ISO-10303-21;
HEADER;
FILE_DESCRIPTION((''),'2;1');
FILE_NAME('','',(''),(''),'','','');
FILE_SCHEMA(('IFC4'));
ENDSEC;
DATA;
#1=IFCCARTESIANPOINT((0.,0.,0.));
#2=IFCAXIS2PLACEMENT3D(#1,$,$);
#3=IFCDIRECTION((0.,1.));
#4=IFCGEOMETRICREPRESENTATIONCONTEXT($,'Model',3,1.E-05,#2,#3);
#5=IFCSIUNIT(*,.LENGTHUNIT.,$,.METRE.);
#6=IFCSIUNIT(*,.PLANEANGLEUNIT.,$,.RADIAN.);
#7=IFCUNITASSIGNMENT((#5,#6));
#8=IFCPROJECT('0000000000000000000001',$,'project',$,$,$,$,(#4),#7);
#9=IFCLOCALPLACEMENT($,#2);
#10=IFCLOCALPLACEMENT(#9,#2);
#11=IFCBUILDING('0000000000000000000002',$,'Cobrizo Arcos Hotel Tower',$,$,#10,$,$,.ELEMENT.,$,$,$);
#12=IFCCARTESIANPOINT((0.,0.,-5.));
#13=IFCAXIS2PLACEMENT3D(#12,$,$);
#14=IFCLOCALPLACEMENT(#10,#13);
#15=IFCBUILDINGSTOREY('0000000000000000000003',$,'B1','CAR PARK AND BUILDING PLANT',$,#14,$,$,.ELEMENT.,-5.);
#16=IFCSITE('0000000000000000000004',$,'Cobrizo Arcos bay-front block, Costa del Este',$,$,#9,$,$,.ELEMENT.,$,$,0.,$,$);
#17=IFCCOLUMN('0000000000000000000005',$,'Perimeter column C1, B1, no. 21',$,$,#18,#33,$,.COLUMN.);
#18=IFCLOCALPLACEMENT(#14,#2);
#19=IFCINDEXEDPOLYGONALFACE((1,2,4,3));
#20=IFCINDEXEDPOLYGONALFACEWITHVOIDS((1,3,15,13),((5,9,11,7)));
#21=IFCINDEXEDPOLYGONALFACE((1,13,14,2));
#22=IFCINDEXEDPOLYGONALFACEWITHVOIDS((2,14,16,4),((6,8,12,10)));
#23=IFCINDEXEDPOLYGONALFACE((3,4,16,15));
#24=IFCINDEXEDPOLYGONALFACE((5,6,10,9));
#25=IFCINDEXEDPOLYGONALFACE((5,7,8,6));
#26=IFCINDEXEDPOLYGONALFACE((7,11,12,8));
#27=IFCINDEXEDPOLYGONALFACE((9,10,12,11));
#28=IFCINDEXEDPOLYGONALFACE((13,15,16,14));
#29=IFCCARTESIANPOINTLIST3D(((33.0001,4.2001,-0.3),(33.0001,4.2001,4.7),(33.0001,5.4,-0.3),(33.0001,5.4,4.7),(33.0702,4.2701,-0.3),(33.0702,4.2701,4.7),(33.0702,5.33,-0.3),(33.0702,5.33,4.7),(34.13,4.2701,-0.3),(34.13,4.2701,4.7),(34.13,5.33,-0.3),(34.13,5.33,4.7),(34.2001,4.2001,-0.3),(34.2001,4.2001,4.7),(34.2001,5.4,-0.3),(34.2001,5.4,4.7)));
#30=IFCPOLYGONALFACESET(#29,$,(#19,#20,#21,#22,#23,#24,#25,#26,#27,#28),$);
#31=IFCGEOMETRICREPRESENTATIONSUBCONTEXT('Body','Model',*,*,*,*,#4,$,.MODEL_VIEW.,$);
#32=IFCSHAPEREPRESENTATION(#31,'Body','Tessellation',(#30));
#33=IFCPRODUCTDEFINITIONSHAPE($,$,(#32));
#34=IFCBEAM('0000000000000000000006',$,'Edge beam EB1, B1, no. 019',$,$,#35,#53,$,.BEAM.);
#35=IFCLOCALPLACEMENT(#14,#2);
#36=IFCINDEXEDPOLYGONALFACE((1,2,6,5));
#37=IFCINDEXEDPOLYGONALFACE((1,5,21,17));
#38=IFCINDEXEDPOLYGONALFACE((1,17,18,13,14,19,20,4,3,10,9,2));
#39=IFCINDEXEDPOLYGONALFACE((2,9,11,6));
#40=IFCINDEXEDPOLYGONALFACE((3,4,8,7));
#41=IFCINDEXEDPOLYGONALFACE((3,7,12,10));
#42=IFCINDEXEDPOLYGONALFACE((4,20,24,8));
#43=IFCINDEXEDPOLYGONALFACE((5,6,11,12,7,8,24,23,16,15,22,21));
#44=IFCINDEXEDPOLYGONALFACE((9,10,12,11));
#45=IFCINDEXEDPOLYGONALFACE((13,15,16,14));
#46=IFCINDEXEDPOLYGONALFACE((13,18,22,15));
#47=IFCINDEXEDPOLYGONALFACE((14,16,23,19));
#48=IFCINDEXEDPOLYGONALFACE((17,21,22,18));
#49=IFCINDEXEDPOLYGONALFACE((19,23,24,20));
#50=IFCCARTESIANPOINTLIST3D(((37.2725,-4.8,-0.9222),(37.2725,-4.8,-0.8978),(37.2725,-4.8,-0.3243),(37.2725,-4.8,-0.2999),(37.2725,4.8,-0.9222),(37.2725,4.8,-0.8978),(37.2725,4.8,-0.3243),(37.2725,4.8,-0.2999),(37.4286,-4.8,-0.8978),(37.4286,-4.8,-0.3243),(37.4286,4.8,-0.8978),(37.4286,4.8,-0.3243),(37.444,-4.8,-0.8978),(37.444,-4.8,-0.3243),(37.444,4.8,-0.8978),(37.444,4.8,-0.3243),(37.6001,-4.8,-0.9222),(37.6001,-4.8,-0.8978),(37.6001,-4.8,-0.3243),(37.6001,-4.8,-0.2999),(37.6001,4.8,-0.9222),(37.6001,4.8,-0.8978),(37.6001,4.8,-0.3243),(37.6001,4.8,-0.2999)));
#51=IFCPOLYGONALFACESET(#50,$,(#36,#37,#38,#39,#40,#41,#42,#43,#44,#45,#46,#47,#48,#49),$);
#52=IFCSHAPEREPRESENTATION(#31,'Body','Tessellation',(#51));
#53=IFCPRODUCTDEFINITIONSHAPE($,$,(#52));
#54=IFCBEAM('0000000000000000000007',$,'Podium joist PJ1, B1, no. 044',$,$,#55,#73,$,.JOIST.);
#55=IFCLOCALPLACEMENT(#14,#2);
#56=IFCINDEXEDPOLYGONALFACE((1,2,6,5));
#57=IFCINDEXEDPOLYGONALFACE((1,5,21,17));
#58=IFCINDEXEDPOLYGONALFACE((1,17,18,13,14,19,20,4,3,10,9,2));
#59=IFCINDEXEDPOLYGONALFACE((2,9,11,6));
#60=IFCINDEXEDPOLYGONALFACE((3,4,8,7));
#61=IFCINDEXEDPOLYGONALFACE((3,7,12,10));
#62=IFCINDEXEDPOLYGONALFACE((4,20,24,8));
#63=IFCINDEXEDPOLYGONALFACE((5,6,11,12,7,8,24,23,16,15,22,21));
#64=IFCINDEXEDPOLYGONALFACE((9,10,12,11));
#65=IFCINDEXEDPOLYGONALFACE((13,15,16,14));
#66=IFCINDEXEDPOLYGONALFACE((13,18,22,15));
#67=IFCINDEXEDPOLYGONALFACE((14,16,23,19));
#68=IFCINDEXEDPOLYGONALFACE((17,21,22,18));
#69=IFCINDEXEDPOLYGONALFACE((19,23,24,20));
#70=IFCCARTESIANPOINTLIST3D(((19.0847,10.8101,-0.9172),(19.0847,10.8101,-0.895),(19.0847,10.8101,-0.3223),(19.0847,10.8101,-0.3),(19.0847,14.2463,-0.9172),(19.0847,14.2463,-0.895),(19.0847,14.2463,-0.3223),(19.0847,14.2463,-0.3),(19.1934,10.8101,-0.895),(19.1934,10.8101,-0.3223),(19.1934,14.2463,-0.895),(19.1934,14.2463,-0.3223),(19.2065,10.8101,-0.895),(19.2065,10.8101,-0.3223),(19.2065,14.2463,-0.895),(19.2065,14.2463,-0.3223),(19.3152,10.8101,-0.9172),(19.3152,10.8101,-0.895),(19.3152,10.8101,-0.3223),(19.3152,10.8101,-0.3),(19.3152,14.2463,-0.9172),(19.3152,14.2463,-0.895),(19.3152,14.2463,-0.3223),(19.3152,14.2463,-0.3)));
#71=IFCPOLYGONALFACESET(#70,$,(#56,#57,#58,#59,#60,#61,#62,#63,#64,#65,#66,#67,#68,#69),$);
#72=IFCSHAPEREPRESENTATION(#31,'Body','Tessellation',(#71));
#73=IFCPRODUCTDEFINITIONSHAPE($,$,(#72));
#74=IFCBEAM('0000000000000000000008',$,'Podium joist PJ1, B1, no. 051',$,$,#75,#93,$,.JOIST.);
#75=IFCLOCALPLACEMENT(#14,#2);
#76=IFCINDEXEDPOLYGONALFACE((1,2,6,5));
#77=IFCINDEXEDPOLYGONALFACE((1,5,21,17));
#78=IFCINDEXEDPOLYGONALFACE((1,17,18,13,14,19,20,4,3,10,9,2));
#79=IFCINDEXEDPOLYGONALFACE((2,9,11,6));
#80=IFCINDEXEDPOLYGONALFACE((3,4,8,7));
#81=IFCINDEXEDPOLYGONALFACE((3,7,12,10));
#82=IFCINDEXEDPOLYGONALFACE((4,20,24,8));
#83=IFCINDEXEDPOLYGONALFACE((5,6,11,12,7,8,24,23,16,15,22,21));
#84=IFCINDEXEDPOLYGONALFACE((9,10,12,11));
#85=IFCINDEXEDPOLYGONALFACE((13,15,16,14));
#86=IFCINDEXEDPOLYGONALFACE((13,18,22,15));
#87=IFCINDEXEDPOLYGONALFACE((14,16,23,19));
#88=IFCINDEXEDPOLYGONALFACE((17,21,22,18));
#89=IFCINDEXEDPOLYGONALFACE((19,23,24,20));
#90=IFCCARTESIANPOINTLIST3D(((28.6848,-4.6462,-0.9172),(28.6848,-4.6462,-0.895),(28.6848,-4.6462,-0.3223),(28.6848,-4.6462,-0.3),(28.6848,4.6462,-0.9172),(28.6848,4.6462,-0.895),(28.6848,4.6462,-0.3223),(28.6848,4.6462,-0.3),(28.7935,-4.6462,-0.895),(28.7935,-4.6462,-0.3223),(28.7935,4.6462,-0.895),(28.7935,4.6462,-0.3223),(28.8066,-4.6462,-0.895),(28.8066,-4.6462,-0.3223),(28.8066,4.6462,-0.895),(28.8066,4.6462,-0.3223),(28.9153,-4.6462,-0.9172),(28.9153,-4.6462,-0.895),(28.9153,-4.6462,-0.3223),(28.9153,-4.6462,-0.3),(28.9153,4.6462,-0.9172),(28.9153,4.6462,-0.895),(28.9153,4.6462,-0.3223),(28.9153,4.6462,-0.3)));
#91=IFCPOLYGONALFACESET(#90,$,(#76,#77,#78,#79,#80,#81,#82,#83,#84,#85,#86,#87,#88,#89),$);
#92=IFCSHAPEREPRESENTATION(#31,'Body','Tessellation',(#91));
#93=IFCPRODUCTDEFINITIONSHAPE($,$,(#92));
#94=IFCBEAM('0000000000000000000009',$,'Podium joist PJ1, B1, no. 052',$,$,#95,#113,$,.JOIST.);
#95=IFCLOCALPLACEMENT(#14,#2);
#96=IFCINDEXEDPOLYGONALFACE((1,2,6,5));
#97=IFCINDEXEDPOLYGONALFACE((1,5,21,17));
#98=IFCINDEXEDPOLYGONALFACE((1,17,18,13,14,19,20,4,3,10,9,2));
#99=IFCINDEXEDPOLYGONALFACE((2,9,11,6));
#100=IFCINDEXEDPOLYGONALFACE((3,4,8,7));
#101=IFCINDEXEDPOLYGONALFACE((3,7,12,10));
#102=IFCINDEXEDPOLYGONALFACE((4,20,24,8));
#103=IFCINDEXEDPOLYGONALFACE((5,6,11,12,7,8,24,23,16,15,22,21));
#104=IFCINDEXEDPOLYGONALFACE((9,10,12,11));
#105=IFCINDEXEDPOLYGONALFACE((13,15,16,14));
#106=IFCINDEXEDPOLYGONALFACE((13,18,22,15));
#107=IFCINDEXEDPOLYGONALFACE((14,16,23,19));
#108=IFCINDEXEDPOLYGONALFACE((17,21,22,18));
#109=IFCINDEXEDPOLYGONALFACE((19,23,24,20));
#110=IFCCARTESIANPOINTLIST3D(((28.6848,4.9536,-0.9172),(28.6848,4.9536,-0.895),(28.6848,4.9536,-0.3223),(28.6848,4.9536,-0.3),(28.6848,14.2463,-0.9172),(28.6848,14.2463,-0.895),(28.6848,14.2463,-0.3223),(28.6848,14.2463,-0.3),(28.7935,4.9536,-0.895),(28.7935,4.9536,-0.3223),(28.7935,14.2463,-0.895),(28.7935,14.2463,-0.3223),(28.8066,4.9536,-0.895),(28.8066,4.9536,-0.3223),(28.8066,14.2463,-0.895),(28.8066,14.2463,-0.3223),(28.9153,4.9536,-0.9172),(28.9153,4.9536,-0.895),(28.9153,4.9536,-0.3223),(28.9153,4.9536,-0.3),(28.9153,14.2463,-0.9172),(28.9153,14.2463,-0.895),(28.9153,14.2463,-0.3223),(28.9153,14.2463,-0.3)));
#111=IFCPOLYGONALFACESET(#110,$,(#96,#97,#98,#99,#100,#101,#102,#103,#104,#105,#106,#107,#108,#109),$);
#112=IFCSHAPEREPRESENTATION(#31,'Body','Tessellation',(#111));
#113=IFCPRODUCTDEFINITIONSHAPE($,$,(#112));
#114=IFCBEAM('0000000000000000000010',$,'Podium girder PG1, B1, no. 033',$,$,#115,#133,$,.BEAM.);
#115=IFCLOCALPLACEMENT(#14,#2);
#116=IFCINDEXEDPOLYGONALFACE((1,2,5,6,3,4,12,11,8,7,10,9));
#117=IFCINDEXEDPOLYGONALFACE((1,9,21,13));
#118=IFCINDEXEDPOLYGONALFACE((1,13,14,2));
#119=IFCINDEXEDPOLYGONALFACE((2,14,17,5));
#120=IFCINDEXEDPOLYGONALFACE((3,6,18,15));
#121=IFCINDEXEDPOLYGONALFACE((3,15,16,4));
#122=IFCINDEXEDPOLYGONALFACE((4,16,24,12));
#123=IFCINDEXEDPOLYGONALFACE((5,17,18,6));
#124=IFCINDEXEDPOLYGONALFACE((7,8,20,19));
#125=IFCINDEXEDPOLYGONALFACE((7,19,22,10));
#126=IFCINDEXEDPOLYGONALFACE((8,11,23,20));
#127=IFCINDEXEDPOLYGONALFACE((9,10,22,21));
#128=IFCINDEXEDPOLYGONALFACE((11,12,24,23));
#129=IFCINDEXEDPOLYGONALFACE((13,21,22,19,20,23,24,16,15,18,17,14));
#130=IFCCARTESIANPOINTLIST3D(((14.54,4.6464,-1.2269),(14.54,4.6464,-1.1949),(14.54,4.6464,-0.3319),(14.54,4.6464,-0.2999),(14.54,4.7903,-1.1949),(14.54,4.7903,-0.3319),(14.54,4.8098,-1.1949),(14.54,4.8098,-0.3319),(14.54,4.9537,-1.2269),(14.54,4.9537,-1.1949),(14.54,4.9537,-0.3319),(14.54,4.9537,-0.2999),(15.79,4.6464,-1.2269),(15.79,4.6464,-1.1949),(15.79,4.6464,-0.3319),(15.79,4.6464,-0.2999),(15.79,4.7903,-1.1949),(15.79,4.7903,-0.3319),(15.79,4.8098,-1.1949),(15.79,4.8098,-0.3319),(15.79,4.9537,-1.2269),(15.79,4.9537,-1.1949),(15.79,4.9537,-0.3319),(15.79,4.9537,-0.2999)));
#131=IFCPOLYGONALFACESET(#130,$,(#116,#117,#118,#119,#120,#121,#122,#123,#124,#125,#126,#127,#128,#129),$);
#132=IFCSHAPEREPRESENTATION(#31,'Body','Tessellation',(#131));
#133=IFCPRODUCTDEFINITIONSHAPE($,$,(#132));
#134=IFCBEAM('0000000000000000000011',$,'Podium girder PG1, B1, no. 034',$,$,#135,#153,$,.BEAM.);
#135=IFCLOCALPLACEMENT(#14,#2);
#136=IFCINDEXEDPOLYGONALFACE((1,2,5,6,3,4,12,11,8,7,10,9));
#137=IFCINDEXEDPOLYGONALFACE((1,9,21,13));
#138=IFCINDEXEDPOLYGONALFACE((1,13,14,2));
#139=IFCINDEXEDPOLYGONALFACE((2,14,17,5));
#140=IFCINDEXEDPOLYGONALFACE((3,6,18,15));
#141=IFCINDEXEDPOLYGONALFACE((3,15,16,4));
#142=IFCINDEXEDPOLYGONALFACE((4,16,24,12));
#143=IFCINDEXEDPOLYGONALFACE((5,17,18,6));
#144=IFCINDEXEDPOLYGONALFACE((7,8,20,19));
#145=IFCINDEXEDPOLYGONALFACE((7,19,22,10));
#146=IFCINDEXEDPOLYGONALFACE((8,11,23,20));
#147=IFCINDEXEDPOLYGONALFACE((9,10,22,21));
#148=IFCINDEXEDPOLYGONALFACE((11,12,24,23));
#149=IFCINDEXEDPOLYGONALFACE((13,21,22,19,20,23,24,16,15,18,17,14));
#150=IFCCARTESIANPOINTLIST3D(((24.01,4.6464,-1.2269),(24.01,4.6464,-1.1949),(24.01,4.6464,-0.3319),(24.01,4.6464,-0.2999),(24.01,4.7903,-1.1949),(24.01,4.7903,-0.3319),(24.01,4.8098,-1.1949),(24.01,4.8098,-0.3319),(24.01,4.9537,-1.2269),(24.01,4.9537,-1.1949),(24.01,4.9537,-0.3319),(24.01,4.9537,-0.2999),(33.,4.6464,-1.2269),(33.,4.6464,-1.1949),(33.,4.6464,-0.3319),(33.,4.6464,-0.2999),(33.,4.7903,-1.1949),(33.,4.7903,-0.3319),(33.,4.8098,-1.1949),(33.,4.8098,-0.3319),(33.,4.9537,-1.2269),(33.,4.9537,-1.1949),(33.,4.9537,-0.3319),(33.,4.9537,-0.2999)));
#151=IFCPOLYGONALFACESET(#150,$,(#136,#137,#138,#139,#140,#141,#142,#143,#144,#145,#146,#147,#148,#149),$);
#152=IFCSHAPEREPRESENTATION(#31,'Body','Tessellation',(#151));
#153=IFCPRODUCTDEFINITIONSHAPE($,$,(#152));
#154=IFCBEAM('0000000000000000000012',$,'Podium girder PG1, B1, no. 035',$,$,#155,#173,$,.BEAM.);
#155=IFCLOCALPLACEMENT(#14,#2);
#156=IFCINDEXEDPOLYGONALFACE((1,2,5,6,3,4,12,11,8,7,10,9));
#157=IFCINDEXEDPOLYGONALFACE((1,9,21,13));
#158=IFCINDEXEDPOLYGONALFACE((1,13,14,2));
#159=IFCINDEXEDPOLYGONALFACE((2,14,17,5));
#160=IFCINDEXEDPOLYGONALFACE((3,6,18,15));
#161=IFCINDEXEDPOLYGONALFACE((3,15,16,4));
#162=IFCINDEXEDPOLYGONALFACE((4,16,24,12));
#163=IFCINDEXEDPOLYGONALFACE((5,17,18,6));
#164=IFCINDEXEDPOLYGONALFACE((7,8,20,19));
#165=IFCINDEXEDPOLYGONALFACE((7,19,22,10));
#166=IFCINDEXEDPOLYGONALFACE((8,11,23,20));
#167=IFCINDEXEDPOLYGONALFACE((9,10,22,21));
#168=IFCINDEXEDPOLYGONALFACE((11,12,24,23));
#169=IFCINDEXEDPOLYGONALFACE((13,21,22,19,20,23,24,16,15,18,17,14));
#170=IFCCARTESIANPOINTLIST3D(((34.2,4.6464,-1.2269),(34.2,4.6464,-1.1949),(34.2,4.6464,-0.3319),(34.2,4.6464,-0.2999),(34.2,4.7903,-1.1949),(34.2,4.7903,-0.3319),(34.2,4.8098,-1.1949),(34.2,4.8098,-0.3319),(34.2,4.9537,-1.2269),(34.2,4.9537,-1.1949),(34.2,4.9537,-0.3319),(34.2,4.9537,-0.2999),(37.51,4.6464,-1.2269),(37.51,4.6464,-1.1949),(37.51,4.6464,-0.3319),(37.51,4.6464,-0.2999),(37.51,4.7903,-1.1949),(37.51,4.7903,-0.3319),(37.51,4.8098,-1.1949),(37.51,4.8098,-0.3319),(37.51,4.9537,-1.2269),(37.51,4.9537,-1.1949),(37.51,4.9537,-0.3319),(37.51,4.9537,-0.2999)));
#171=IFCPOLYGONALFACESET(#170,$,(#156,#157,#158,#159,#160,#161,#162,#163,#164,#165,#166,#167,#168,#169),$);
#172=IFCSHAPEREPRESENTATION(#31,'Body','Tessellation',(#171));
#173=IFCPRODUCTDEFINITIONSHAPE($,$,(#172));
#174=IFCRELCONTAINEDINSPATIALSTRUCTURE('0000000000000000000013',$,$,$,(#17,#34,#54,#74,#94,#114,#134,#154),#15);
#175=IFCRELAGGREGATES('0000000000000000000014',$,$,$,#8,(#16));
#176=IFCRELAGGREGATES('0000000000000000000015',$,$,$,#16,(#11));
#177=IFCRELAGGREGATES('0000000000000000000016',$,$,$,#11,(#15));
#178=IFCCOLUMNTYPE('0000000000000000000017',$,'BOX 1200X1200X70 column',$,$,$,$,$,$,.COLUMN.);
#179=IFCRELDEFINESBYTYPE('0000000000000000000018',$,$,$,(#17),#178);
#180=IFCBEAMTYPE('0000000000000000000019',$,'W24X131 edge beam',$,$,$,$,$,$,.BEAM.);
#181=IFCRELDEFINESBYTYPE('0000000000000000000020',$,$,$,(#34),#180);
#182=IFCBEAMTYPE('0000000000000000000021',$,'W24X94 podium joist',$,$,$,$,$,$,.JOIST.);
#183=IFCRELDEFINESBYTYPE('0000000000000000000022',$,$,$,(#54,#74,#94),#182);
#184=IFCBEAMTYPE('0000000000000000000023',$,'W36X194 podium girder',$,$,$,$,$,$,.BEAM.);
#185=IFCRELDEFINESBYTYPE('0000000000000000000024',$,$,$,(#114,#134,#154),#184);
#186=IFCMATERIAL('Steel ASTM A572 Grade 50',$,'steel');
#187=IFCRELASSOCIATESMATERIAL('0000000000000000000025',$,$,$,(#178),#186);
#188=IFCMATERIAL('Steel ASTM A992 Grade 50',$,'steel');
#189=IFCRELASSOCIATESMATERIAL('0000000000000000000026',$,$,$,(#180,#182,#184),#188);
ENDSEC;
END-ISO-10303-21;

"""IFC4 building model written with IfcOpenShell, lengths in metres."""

from ifc_helpers import new_model, si_unit, direction, frame, origin, origin_2d, place, context, subcontext, project, spatial, hollow_rectangle, i_section, extrude, material, material_profile, profile_set, type_object, element, save


model = new_model("IFC4")

# Units and contexts
model_context = context("Model", 3, precision=1e-05, world=origin(), true_north=direction((0.0, 1.0)))
body_context = subcontext(model_context, "Body", "Model", "MODEL_VIEW")
ifc_project = project(units=[si_unit("LENGTHUNIT", "METRE"), si_unit("PLANEANGLEUNIT", "RADIAN")], contexts=[model_context])

# Site, building, storey
site_placement = place(None, origin())
site = spatial("IfcSite", under=ifc_project, at=site_placement, Name="Cobrizo Arcos bay-front block, Costa del Este", CompositionType="ELEMENT", RefElevation=0.0)
building_placement = place(site_placement, origin())
building = spatial("IfcBuilding", under=site, at=building_placement, Name="Cobrizo Arcos Hotel Tower", CompositionType="ELEMENT")
storey_placement = place(building_placement, frame((0.0, 0.0, -5.0)))
storey = spatial("IfcBuildingStorey", under=building, at=storey_placement, Name="B1", Description="CAR PARK AND BUILDING PLANT", CompositionType="ELEMENT", Elevation=-5.0)

# Column
ifc_material_1 = material(Name="Steel ASTM A572 Grade 50", Category="steel")
ifc_material_profile_1 = material_profile(ifc_material_1, hollow_rectangle(XDim=1.2, YDim=1.2, WallThickness=0.0701, at=origin_2d()), Name="BOX 1200X1200X70")
ifc_profile_set_1 = profile_set([ifc_material_profile_1], Name="Steel ASTM A572 Grade 50")
column_type = type_object("IfcColumnType", Name="BOX 1200X1200X70 column", PredefinedType="COLUMN", material=ifc_profile_set_1)
column_placement = place(storey_placement, frame((33.6001, 4.8, -0.3), z_axis=(0.0, 0.0, 1.0), x_axis=(1.0, 0.0, 0.0)))
element("IfcColumn", 1, at=column_placement, inside=storey, type_object=column_type, Name="Perimeter column C1, B1, no. 21", PredefinedType="COLUMN", context=body_context, shape_type="SweptSolid", body=[
    extrude(hollow_rectangle(XDim=1.2, YDim=1.2, WallThickness=0.0701, at=origin_2d()), origin(), (0.0, 0.0, 1.0), 5.0),
])

# Beams
ifc_material_2 = material(Name="Steel ASTM A992 Grade 50", Category="steel")
ifc_material_profile_2 = material_profile(ifc_material_2, i_section(OverallWidth=0.3276, OverallDepth=0.6223, WebThickness=0.0154, FlangeThickness=0.0244, at=origin_2d()), Name="W24X131")
ifc_profile_set_2 = profile_set([ifc_material_profile_2], Name="Steel ASTM A992 Grade 50")
beam_type_1 = type_object("IfcBeamType", Name="W24X131 edge beam", PredefinedType="BEAM", material=ifc_profile_set_2)
beam_1_placement = place(storey_placement, frame((37.4363, 4.8, -0.6111), z_axis=(0.0, -1.0, 0.0), x_axis=(1.0, 0.0, 0.0)))
element("IfcBeam", 2, at=beam_1_placement, inside=storey, type_object=beam_type_1, Name="Edge beam EB1, B1, no. 019", PredefinedType="BEAM", context=body_context, shape_type="SweptSolid", body=[
    extrude(i_section(OverallWidth=0.3276, OverallDepth=0.6223, WebThickness=0.0154, FlangeThickness=0.0244, at=origin_2d()), origin(), (0.0, 0.0, 1.0), 9.6001),
])
ifc_material_profile_3 = material_profile(ifc_material_2, i_section(OverallWidth=0.2305, OverallDepth=0.6172, WebThickness=0.0132, FlangeThickness=0.0222, at=origin_2d()), Name="W24X94")
ifc_profile_set_3 = profile_set([ifc_material_profile_3], Name="Steel ASTM A992 Grade 50")
beam_type_2 = type_object("IfcBeamType", Name="W24X94 podium joist", PredefinedType="JOIST", material=ifc_profile_set_3)
beam_2_placement = place(storey_placement, frame((19.2, 10.8101, -0.6086), z_axis=(0.0, 1.0, 0.0), x_axis=(-1.0, 0.0, 0.0)))
element("IfcBeam", 3, at=beam_2_placement, inside=storey, type_object=beam_type_2, Name="Podium joist PJ1, B1, no. 044", PredefinedType="JOIST", context=body_context, shape_type="SweptSolid", body=[
    extrude(i_section(OverallWidth=0.2305, OverallDepth=0.6172, WebThickness=0.0132, FlangeThickness=0.0222, at=origin_2d()), origin(), (0.0, 0.0, 1.0), 3.4363),
])
beam_3_placement = place(storey_placement, frame((28.8, -4.6462, -0.6086), z_axis=(0.0, 1.0, 0.0), x_axis=(-1.0, 0.0, 0.0)))
element("IfcBeam", 4, at=beam_3_placement, inside=storey, type_object=beam_type_2, Name="Podium joist PJ1, B1, no. 051", PredefinedType="JOIST", context=body_context, shape_type="SweptSolid", body=[
    extrude(i_section(OverallWidth=0.2305, OverallDepth=0.6172, WebThickness=0.0132, FlangeThickness=0.0222, at=origin_2d()), origin(), (0.0, 0.0, 1.0), 9.2925),
])
beam_4_placement = place(storey_placement, frame((28.8, 4.9536, -0.6086), z_axis=(0.0, 1.0, 0.0), x_axis=(-1.0, 0.0, 0.0)))
element("IfcBeam", 5, at=beam_4_placement, inside=storey, type_object=beam_type_2, Name="Podium joist PJ1, B1, no. 052", PredefinedType="JOIST", context=body_context, shape_type="SweptSolid", body=[
    extrude(i_section(OverallWidth=0.2305, OverallDepth=0.6172, WebThickness=0.0132, FlangeThickness=0.0222, at=origin_2d()), origin(), (0.0, 0.0, 1.0), 9.2927),
])
ifc_material_profile_4 = material_profile(ifc_material_2, i_section(OverallWidth=0.3074, OverallDepth=0.927, WebThickness=0.0195, FlangeThickness=0.032, at=origin_2d()), Name="W36X194")
ifc_profile_set_4 = profile_set([ifc_material_profile_4], Name="Steel ASTM A992 Grade 50")
beam_type_3 = type_object("IfcBeamType", Name="W36X194 podium girder", PredefinedType="BEAM", material=ifc_profile_set_4)
beam_5_placement = place(storey_placement, frame((14.54, 4.8, -0.7634), z_axis=(1.0, 0.0, 0.0), x_axis=(0.0, 1.0, 0.0)))
element("IfcBeam", 6, at=beam_5_placement, inside=storey, type_object=beam_type_3, Name="Podium girder PG1, B1, no. 033", PredefinedType="BEAM", context=body_context, shape_type="SweptSolid", body=[
    extrude(i_section(OverallWidth=0.3074, OverallDepth=0.927, WebThickness=0.0195, FlangeThickness=0.032, at=origin_2d()), origin(), (0.0, 0.0, 1.0), 1.25),
])
beam_6_placement = place(storey_placement, frame((24.01, 4.8, -0.7634), z_axis=(1.0, 0.0, 0.0), x_axis=(0.0, 1.0, 0.0)))
element("IfcBeam", 7, at=beam_6_placement, inside=storey, type_object=beam_type_3, Name="Podium girder PG1, B1, no. 034", PredefinedType="BEAM", context=body_context, shape_type="SweptSolid", body=[
    extrude(i_section(OverallWidth=0.3074, OverallDepth=0.927, WebThickness=0.0195, FlangeThickness=0.032, at=origin_2d()), origin(), (0.0, 0.0, 1.0), 8.99),
])
beam_7_placement = place(storey_placement, frame((34.2, 4.8, -0.7634), z_axis=(1.0, 0.0, 0.0), x_axis=(0.0, 1.0, 0.0)))
element("IfcBeam", 8, at=beam_7_placement, inside=storey, type_object=beam_type_3, Name="Podium girder PG1, B1, no. 035", PredefinedType="BEAM", context=body_context, shape_type="SweptSolid", body=[
    extrude(i_section(OverallWidth=0.3074, OverallDepth=0.927, WebThickness=0.0195, FlangeThickness=0.032, at=origin_2d()), origin(), (0.0, 0.0, 1.0), 3.3101),
])

save(model, "model.ifc")
